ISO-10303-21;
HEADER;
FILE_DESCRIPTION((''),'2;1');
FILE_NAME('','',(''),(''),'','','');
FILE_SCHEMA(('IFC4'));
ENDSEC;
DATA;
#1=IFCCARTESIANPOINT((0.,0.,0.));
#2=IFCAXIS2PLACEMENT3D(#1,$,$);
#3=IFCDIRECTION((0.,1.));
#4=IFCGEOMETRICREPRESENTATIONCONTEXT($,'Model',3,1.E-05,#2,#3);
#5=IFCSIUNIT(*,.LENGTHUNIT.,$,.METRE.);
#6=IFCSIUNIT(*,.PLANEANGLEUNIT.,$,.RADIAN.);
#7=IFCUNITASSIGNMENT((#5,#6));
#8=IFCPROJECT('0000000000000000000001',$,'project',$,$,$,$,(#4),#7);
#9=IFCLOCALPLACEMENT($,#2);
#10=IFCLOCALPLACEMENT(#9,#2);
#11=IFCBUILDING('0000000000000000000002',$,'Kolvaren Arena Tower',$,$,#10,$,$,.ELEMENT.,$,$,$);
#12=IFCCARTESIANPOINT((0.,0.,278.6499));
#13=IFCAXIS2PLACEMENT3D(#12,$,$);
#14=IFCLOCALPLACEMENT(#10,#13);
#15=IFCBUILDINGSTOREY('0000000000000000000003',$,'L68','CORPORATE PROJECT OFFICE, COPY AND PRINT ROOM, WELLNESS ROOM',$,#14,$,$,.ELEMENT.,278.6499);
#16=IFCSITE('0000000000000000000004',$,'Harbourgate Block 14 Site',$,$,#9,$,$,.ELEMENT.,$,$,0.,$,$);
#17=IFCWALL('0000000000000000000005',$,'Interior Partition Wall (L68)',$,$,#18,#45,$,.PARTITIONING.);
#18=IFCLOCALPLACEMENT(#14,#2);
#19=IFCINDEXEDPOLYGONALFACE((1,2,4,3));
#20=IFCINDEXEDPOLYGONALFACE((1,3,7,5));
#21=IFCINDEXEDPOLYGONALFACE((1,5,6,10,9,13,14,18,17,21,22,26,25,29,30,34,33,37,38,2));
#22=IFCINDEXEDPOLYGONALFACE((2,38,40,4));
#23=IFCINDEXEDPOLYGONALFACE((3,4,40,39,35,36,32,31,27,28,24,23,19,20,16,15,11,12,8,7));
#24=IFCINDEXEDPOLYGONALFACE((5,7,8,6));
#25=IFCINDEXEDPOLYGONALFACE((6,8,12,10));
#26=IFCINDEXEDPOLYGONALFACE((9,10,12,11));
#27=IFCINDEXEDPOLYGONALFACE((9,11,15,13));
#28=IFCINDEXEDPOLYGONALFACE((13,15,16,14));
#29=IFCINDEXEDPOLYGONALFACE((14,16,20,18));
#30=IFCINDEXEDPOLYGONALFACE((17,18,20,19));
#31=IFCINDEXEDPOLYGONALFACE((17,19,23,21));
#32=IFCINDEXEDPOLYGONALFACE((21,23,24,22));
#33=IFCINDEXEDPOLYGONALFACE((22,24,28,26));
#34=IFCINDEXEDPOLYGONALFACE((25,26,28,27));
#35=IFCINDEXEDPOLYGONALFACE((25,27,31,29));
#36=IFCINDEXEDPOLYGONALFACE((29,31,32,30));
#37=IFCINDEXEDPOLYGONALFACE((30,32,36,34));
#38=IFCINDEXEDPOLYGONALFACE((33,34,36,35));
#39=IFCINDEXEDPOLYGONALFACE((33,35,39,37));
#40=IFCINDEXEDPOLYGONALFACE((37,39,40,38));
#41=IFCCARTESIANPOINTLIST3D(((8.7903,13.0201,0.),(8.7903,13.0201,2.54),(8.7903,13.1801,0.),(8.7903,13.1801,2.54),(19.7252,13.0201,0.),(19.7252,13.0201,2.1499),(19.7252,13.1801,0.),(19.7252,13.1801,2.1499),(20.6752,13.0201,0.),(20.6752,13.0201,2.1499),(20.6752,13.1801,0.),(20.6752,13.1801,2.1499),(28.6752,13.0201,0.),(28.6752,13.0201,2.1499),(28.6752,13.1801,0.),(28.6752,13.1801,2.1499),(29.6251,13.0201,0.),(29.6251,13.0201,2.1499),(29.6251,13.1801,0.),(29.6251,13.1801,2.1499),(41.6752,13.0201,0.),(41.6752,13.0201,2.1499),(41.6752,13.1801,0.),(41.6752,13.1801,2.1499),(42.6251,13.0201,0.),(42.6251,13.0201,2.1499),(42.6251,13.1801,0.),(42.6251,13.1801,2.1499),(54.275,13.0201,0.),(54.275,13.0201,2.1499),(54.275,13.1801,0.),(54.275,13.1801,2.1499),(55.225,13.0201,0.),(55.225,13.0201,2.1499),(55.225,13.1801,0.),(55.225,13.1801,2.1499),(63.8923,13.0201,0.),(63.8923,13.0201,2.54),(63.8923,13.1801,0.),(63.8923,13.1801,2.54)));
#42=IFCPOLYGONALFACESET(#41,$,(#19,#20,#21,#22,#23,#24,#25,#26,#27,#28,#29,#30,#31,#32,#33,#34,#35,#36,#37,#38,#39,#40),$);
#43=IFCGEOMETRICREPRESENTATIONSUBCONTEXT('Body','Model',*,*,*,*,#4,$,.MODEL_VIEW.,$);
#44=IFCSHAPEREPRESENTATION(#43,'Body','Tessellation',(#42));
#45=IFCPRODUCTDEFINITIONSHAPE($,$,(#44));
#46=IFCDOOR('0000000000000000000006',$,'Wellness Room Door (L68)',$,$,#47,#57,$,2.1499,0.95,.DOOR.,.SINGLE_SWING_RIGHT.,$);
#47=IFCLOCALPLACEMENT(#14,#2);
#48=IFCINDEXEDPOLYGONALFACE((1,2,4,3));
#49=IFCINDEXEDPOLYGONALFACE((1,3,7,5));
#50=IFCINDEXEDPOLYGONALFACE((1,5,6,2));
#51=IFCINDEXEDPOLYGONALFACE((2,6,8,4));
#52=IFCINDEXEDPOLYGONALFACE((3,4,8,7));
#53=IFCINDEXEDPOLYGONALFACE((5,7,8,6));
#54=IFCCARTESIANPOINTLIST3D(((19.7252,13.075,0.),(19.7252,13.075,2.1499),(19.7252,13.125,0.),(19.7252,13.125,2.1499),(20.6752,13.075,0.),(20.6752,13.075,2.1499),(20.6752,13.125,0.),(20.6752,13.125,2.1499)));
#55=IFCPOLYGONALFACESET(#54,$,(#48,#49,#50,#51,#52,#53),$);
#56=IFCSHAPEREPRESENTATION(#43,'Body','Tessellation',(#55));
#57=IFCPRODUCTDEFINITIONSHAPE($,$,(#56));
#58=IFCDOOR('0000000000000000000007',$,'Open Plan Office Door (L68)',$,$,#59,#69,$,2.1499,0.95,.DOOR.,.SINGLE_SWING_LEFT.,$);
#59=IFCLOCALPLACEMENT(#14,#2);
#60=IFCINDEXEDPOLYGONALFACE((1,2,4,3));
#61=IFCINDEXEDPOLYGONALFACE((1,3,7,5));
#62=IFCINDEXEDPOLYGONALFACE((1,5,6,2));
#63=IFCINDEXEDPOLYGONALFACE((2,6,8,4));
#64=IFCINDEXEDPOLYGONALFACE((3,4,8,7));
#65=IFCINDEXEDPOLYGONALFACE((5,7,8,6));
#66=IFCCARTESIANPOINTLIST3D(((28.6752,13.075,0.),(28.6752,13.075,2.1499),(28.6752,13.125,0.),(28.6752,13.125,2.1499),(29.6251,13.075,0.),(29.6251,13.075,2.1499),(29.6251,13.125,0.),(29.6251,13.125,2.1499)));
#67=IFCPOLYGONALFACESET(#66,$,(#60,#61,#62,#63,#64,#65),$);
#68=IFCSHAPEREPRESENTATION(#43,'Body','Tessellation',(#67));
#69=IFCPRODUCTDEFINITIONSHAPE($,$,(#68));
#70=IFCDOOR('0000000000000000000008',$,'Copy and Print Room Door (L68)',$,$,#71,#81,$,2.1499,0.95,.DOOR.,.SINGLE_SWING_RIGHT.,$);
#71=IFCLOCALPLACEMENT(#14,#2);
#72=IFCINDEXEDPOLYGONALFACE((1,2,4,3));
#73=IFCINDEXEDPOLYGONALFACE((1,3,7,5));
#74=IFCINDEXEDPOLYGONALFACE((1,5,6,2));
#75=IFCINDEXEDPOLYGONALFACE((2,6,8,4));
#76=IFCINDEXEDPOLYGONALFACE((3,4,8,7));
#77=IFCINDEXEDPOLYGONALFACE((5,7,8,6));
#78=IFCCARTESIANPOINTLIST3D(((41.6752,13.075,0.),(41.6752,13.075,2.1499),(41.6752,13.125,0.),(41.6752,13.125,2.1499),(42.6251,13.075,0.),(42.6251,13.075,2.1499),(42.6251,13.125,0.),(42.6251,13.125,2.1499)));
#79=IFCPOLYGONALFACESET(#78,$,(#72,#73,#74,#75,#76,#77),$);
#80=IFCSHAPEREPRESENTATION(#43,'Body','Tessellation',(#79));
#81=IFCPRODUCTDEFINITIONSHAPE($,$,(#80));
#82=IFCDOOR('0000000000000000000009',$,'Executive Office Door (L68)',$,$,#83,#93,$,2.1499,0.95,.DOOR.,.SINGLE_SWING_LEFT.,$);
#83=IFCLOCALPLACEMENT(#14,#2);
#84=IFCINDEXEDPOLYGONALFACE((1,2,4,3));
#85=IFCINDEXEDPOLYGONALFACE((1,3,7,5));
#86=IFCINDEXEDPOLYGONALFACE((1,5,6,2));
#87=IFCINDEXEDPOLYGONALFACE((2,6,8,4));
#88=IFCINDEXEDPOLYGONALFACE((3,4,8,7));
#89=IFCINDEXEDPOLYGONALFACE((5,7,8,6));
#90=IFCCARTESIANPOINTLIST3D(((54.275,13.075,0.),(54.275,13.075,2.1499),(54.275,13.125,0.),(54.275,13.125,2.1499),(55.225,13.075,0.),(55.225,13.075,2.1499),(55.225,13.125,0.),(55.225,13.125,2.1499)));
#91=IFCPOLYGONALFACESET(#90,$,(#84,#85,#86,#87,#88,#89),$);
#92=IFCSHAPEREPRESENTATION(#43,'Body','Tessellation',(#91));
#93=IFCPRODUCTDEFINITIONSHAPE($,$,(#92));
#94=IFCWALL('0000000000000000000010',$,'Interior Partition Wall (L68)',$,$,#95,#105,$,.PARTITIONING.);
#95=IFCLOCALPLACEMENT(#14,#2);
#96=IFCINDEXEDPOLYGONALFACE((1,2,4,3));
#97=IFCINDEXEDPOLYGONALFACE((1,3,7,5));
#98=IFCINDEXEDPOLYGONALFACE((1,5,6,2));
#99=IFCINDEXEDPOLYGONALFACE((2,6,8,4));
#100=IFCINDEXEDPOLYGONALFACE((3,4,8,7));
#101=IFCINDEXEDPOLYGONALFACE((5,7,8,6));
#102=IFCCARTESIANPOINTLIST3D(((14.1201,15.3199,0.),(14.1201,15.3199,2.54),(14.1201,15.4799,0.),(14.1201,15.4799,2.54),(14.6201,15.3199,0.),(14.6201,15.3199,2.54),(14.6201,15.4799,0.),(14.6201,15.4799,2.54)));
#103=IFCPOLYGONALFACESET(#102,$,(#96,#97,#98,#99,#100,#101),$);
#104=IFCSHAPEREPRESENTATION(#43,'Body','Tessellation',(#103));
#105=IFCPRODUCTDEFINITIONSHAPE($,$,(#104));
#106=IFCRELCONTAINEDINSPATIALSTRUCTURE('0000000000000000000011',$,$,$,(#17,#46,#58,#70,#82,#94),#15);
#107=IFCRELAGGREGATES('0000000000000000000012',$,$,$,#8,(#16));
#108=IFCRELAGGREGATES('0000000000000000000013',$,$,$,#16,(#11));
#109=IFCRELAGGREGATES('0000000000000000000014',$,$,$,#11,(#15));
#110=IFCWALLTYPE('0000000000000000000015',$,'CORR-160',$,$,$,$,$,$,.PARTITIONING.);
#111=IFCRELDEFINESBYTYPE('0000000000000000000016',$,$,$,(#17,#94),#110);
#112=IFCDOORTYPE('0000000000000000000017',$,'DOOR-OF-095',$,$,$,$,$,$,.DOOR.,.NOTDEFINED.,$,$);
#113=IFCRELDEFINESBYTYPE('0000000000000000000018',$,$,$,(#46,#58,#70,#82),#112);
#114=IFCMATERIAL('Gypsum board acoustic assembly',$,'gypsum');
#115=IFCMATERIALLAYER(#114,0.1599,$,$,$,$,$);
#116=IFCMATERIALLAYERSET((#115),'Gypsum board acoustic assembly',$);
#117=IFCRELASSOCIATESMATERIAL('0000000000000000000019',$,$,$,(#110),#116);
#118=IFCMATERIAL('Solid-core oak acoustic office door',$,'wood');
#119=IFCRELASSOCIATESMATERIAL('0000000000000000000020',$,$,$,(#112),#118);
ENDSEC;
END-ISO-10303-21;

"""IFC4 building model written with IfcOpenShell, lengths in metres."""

from ifc_helpers import new_model, si_unit, direction, frame, frame_2d, origin, place, context, subcontext, project, spatial, rectangle, extrude, material, layer, layer_set, type_object, element, fill, save


model = new_model("IFC4")

# Units and contexts
model_context = context("Model", 3, precision=1e-05, world=origin(), true_north=direction((0.0, 1.0)))
body_context = subcontext(model_context, "Body", "Model", "MODEL_VIEW")
ifc_project = project(units=[si_unit("LENGTHUNIT", "METRE"), si_unit("PLANEANGLEUNIT", "RADIAN")], contexts=[model_context])

# Site, building, storey
site_placement = place(None, origin())
site = spatial("IfcSite", under=ifc_project, at=site_placement, Name="Harbourgate Block 14 Site", CompositionType="ELEMENT", RefElevation=0.0)
building_placement = place(site_placement, origin())
building = spatial("IfcBuilding", under=site, at=building_placement, Name="Kolvaren Arena Tower", CompositionType="ELEMENT")
storey_placement = place(building_placement, frame((0.0, 0.0, 278.6499)))
storey = spatial("IfcBuildingStorey", under=building, at=storey_placement, Name="L68", Description="CORPORATE PROJECT OFFICE, COPY AND PRINT ROOM, WELLNESS ROOM", CompositionType="ELEMENT", Elevation=278.6499)

# Wall, openings, doors
ifc_material_1 = material(Name="Gypsum board acoustic assembly", Category="gypsum")
ifc_layer_1 = layer(ifc_material_1, 0.1599)
ifc_layer_set_1 = layer_set([ifc_layer_1], Name="Gypsum board acoustic assembly")
wall_type_1 = type_object("IfcWallType", Name="CORR-160", PredefinedType="PARTITIONING", material=ifc_layer_set_1)
wall_1_placement = place(storey_placement, frame((8.7903, 13.1001, 0.0), z_axis=(0.0, 0.0, 1.0), x_axis=(1.0, 0.0, 0.0)))
wall_1 = element("IfcWall", 1, at=wall_1_placement, inside=storey, type_object=wall_type_1, Name="Interior Partition Wall (L68)", PredefinedType="PARTITIONING", context=body_context, shape_type="SweptSolid", body=[
    extrude(rectangle(XDim=55.1021, YDim=0.1599, at=frame_2d((27.551, 0.0))), origin(), (0.0, 0.0, 1.0), 2.54),
])
opening_1_placement = place(wall_1_placement, frame((10.9348, 0.0, 0.0)))
opening_1 = element("IfcOpeningElement", 2, at=opening_1_placement, cuts=wall_1, PredefinedType="OPENING", context=body_context, shape_type="SweptSolid", body=[
    extrude(rectangle(XDim=0.95, YDim=2.1499, at=frame_2d((0.4751, 1.075))), frame((0.0, 0.0898, 0.0), z_axis=(0.0, -1.0, 0.0), x_axis=(1.0, 0.0, 0.0)), (0.0, 0.0, 1.0), 0.1799),
])
opening_2_placement = place(wall_1_placement, frame((19.8848, 0.0, 0.0)))
opening_2 = element("IfcOpeningElement", 3, at=opening_2_placement, cuts=wall_1, PredefinedType="OPENING", context=body_context, shape_type="SweptSolid", body=[
    extrude(rectangle(XDim=0.95, YDim=2.1499, at=frame_2d((0.4751, 1.075))), frame((0.0, 0.0898, 0.0), z_axis=(0.0, -1.0, 0.0), x_axis=(1.0, 0.0, 0.0)), (0.0, 0.0, 1.0), 0.1799),
])
opening_3_placement = place(wall_1_placement, frame((32.8848, 0.0, 0.0)))
opening_3 = element("IfcOpeningElement", 4, at=opening_3_placement, cuts=wall_1, PredefinedType="OPENING", context=body_context, shape_type="SweptSolid", body=[
    extrude(rectangle(XDim=0.95, YDim=2.1499, at=frame_2d((0.4751, 1.075))), frame((0.0, 0.0898, 0.0), z_axis=(0.0, -1.0, 0.0), x_axis=(1.0, 0.0, 0.0)), (0.0, 0.0, 1.0), 0.1799),
])
opening_4_placement = place(wall_1_placement, frame((45.4846, 0.0, 0.0)))
opening_4 = element("IfcOpeningElement", 5, at=opening_4_placement, cuts=wall_1, PredefinedType="OPENING", context=body_context, shape_type="SweptSolid", body=[
    extrude(rectangle(XDim=0.95, YDim=2.1499, at=frame_2d((0.4751, 1.075))), frame((0.0, 0.0898, 0.0), z_axis=(0.0, -1.0, 0.0), x_axis=(1.0, 0.0, 0.0)), (0.0, 0.0, 1.0), 0.1799),
])
ifc_material_2 = material(Name="Solid-core oak acoustic office door", Category="wood")
door_type_1 = type_object("IfcDoorType", Name="DOOR-OF-095", OperationType="NOTDEFINED", PredefinedType="DOOR", material=ifc_material_2)
door_1_placement = place(opening_1_placement, origin())
door_1 = element("IfcDoor", 6, at=door_1_placement, inside=storey, type_object=door_type_1, Name="Wellness Room Door (L68)", OperationType="SINGLE_SWING_RIGHT", OverallHeight=2.1499, OverallWidth=0.95, PredefinedType="DOOR", context=body_context, shape_type="SweptSolid", body=[
    extrude(rectangle(XDim=0.95, YDim=2.1499, at=frame_2d((0.4751, 1.075))), frame((0.0, 0.0249, 0.0), z_axis=(0.0, -1.0, 0.0), x_axis=(1.0, 0.0, 0.0)), (0.0, 0.0, 1.0), 0.05),
])
fill(opening_1, door_1)
door_2_placement = place(opening_2_placement, origin())
door_2 = element("IfcDoor", 7, at=door_2_placement, inside=storey, type_object=door_type_1, Name="Open Plan Office Door (L68)", OperationType="SINGLE_SWING_LEFT", OverallHeight=2.1499, OverallWidth=0.95, PredefinedType="DOOR", context=body_context, shape_type="SweptSolid", body=[
    extrude(rectangle(XDim=0.95, YDim=2.1499, at=frame_2d((0.4751, 1.075))), frame((0.0, 0.0249, 0.0), z_axis=(0.0, -1.0, 0.0), x_axis=(1.0, 0.0, 0.0)), (0.0, 0.0, 1.0), 0.05),
])
fill(opening_2, door_2)
door_3_placement = place(opening_3_placement, origin())
door_3 = element("IfcDoor", 8, at=door_3_placement, inside=storey, type_object=door_type_1, Name="Copy and Print Room Door (L68)", OperationType="SINGLE_SWING_RIGHT", OverallHeight=2.1499, OverallWidth=0.95, PredefinedType="DOOR", context=body_context, shape_type="SweptSolid", body=[
    extrude(rectangle(XDim=0.95, YDim=2.1499, at=frame_2d((0.4751, 1.075))), frame((0.0, 0.0249, 0.0), z_axis=(0.0, -1.0, 0.0), x_axis=(1.0, 0.0, 0.0)), (0.0, 0.0, 1.0), 0.05),
])
fill(opening_3, door_3)
door_4_placement = place(opening_4_placement, origin())
door_4 = element("IfcDoor", 9, at=door_4_placement, inside=storey, type_object=door_type_1, Name="Executive Office Door (L68)", OperationType="SINGLE_SWING_LEFT", OverallHeight=2.1499, OverallWidth=0.95, PredefinedType="DOOR", context=body_context, shape_type="SweptSolid", body=[
    extrude(rectangle(XDim=0.95, YDim=2.1499, at=frame_2d((0.4751, 1.075))), frame((0.0, 0.0249, 0.0), z_axis=(0.0, -1.0, 0.0), x_axis=(1.0, 0.0, 0.0)), (0.0, 0.0, 1.0), 0.05),
])
fill(opening_4, door_4)

# Wall
wall_2_placement = place(storey_placement, frame((14.1201, 15.3999, 0.0), z_axis=(0.0, 0.0, 1.0), x_axis=(1.0, 0.0, 0.0)))
element("IfcWall", 10, at=wall_2_placement, inside=storey, type_object=wall_type_1, Name="Interior Partition Wall (L68)", PredefinedType="PARTITIONING", context=body_context, shape_type="SweptSolid", body=[
    extrude(rectangle(XDim=0.5, YDim=0.1599, at=frame_2d((0.25, 0.0))), origin(), (0.0, 0.0, 1.0), 2.54),
])

save(model, "model.ifc")
